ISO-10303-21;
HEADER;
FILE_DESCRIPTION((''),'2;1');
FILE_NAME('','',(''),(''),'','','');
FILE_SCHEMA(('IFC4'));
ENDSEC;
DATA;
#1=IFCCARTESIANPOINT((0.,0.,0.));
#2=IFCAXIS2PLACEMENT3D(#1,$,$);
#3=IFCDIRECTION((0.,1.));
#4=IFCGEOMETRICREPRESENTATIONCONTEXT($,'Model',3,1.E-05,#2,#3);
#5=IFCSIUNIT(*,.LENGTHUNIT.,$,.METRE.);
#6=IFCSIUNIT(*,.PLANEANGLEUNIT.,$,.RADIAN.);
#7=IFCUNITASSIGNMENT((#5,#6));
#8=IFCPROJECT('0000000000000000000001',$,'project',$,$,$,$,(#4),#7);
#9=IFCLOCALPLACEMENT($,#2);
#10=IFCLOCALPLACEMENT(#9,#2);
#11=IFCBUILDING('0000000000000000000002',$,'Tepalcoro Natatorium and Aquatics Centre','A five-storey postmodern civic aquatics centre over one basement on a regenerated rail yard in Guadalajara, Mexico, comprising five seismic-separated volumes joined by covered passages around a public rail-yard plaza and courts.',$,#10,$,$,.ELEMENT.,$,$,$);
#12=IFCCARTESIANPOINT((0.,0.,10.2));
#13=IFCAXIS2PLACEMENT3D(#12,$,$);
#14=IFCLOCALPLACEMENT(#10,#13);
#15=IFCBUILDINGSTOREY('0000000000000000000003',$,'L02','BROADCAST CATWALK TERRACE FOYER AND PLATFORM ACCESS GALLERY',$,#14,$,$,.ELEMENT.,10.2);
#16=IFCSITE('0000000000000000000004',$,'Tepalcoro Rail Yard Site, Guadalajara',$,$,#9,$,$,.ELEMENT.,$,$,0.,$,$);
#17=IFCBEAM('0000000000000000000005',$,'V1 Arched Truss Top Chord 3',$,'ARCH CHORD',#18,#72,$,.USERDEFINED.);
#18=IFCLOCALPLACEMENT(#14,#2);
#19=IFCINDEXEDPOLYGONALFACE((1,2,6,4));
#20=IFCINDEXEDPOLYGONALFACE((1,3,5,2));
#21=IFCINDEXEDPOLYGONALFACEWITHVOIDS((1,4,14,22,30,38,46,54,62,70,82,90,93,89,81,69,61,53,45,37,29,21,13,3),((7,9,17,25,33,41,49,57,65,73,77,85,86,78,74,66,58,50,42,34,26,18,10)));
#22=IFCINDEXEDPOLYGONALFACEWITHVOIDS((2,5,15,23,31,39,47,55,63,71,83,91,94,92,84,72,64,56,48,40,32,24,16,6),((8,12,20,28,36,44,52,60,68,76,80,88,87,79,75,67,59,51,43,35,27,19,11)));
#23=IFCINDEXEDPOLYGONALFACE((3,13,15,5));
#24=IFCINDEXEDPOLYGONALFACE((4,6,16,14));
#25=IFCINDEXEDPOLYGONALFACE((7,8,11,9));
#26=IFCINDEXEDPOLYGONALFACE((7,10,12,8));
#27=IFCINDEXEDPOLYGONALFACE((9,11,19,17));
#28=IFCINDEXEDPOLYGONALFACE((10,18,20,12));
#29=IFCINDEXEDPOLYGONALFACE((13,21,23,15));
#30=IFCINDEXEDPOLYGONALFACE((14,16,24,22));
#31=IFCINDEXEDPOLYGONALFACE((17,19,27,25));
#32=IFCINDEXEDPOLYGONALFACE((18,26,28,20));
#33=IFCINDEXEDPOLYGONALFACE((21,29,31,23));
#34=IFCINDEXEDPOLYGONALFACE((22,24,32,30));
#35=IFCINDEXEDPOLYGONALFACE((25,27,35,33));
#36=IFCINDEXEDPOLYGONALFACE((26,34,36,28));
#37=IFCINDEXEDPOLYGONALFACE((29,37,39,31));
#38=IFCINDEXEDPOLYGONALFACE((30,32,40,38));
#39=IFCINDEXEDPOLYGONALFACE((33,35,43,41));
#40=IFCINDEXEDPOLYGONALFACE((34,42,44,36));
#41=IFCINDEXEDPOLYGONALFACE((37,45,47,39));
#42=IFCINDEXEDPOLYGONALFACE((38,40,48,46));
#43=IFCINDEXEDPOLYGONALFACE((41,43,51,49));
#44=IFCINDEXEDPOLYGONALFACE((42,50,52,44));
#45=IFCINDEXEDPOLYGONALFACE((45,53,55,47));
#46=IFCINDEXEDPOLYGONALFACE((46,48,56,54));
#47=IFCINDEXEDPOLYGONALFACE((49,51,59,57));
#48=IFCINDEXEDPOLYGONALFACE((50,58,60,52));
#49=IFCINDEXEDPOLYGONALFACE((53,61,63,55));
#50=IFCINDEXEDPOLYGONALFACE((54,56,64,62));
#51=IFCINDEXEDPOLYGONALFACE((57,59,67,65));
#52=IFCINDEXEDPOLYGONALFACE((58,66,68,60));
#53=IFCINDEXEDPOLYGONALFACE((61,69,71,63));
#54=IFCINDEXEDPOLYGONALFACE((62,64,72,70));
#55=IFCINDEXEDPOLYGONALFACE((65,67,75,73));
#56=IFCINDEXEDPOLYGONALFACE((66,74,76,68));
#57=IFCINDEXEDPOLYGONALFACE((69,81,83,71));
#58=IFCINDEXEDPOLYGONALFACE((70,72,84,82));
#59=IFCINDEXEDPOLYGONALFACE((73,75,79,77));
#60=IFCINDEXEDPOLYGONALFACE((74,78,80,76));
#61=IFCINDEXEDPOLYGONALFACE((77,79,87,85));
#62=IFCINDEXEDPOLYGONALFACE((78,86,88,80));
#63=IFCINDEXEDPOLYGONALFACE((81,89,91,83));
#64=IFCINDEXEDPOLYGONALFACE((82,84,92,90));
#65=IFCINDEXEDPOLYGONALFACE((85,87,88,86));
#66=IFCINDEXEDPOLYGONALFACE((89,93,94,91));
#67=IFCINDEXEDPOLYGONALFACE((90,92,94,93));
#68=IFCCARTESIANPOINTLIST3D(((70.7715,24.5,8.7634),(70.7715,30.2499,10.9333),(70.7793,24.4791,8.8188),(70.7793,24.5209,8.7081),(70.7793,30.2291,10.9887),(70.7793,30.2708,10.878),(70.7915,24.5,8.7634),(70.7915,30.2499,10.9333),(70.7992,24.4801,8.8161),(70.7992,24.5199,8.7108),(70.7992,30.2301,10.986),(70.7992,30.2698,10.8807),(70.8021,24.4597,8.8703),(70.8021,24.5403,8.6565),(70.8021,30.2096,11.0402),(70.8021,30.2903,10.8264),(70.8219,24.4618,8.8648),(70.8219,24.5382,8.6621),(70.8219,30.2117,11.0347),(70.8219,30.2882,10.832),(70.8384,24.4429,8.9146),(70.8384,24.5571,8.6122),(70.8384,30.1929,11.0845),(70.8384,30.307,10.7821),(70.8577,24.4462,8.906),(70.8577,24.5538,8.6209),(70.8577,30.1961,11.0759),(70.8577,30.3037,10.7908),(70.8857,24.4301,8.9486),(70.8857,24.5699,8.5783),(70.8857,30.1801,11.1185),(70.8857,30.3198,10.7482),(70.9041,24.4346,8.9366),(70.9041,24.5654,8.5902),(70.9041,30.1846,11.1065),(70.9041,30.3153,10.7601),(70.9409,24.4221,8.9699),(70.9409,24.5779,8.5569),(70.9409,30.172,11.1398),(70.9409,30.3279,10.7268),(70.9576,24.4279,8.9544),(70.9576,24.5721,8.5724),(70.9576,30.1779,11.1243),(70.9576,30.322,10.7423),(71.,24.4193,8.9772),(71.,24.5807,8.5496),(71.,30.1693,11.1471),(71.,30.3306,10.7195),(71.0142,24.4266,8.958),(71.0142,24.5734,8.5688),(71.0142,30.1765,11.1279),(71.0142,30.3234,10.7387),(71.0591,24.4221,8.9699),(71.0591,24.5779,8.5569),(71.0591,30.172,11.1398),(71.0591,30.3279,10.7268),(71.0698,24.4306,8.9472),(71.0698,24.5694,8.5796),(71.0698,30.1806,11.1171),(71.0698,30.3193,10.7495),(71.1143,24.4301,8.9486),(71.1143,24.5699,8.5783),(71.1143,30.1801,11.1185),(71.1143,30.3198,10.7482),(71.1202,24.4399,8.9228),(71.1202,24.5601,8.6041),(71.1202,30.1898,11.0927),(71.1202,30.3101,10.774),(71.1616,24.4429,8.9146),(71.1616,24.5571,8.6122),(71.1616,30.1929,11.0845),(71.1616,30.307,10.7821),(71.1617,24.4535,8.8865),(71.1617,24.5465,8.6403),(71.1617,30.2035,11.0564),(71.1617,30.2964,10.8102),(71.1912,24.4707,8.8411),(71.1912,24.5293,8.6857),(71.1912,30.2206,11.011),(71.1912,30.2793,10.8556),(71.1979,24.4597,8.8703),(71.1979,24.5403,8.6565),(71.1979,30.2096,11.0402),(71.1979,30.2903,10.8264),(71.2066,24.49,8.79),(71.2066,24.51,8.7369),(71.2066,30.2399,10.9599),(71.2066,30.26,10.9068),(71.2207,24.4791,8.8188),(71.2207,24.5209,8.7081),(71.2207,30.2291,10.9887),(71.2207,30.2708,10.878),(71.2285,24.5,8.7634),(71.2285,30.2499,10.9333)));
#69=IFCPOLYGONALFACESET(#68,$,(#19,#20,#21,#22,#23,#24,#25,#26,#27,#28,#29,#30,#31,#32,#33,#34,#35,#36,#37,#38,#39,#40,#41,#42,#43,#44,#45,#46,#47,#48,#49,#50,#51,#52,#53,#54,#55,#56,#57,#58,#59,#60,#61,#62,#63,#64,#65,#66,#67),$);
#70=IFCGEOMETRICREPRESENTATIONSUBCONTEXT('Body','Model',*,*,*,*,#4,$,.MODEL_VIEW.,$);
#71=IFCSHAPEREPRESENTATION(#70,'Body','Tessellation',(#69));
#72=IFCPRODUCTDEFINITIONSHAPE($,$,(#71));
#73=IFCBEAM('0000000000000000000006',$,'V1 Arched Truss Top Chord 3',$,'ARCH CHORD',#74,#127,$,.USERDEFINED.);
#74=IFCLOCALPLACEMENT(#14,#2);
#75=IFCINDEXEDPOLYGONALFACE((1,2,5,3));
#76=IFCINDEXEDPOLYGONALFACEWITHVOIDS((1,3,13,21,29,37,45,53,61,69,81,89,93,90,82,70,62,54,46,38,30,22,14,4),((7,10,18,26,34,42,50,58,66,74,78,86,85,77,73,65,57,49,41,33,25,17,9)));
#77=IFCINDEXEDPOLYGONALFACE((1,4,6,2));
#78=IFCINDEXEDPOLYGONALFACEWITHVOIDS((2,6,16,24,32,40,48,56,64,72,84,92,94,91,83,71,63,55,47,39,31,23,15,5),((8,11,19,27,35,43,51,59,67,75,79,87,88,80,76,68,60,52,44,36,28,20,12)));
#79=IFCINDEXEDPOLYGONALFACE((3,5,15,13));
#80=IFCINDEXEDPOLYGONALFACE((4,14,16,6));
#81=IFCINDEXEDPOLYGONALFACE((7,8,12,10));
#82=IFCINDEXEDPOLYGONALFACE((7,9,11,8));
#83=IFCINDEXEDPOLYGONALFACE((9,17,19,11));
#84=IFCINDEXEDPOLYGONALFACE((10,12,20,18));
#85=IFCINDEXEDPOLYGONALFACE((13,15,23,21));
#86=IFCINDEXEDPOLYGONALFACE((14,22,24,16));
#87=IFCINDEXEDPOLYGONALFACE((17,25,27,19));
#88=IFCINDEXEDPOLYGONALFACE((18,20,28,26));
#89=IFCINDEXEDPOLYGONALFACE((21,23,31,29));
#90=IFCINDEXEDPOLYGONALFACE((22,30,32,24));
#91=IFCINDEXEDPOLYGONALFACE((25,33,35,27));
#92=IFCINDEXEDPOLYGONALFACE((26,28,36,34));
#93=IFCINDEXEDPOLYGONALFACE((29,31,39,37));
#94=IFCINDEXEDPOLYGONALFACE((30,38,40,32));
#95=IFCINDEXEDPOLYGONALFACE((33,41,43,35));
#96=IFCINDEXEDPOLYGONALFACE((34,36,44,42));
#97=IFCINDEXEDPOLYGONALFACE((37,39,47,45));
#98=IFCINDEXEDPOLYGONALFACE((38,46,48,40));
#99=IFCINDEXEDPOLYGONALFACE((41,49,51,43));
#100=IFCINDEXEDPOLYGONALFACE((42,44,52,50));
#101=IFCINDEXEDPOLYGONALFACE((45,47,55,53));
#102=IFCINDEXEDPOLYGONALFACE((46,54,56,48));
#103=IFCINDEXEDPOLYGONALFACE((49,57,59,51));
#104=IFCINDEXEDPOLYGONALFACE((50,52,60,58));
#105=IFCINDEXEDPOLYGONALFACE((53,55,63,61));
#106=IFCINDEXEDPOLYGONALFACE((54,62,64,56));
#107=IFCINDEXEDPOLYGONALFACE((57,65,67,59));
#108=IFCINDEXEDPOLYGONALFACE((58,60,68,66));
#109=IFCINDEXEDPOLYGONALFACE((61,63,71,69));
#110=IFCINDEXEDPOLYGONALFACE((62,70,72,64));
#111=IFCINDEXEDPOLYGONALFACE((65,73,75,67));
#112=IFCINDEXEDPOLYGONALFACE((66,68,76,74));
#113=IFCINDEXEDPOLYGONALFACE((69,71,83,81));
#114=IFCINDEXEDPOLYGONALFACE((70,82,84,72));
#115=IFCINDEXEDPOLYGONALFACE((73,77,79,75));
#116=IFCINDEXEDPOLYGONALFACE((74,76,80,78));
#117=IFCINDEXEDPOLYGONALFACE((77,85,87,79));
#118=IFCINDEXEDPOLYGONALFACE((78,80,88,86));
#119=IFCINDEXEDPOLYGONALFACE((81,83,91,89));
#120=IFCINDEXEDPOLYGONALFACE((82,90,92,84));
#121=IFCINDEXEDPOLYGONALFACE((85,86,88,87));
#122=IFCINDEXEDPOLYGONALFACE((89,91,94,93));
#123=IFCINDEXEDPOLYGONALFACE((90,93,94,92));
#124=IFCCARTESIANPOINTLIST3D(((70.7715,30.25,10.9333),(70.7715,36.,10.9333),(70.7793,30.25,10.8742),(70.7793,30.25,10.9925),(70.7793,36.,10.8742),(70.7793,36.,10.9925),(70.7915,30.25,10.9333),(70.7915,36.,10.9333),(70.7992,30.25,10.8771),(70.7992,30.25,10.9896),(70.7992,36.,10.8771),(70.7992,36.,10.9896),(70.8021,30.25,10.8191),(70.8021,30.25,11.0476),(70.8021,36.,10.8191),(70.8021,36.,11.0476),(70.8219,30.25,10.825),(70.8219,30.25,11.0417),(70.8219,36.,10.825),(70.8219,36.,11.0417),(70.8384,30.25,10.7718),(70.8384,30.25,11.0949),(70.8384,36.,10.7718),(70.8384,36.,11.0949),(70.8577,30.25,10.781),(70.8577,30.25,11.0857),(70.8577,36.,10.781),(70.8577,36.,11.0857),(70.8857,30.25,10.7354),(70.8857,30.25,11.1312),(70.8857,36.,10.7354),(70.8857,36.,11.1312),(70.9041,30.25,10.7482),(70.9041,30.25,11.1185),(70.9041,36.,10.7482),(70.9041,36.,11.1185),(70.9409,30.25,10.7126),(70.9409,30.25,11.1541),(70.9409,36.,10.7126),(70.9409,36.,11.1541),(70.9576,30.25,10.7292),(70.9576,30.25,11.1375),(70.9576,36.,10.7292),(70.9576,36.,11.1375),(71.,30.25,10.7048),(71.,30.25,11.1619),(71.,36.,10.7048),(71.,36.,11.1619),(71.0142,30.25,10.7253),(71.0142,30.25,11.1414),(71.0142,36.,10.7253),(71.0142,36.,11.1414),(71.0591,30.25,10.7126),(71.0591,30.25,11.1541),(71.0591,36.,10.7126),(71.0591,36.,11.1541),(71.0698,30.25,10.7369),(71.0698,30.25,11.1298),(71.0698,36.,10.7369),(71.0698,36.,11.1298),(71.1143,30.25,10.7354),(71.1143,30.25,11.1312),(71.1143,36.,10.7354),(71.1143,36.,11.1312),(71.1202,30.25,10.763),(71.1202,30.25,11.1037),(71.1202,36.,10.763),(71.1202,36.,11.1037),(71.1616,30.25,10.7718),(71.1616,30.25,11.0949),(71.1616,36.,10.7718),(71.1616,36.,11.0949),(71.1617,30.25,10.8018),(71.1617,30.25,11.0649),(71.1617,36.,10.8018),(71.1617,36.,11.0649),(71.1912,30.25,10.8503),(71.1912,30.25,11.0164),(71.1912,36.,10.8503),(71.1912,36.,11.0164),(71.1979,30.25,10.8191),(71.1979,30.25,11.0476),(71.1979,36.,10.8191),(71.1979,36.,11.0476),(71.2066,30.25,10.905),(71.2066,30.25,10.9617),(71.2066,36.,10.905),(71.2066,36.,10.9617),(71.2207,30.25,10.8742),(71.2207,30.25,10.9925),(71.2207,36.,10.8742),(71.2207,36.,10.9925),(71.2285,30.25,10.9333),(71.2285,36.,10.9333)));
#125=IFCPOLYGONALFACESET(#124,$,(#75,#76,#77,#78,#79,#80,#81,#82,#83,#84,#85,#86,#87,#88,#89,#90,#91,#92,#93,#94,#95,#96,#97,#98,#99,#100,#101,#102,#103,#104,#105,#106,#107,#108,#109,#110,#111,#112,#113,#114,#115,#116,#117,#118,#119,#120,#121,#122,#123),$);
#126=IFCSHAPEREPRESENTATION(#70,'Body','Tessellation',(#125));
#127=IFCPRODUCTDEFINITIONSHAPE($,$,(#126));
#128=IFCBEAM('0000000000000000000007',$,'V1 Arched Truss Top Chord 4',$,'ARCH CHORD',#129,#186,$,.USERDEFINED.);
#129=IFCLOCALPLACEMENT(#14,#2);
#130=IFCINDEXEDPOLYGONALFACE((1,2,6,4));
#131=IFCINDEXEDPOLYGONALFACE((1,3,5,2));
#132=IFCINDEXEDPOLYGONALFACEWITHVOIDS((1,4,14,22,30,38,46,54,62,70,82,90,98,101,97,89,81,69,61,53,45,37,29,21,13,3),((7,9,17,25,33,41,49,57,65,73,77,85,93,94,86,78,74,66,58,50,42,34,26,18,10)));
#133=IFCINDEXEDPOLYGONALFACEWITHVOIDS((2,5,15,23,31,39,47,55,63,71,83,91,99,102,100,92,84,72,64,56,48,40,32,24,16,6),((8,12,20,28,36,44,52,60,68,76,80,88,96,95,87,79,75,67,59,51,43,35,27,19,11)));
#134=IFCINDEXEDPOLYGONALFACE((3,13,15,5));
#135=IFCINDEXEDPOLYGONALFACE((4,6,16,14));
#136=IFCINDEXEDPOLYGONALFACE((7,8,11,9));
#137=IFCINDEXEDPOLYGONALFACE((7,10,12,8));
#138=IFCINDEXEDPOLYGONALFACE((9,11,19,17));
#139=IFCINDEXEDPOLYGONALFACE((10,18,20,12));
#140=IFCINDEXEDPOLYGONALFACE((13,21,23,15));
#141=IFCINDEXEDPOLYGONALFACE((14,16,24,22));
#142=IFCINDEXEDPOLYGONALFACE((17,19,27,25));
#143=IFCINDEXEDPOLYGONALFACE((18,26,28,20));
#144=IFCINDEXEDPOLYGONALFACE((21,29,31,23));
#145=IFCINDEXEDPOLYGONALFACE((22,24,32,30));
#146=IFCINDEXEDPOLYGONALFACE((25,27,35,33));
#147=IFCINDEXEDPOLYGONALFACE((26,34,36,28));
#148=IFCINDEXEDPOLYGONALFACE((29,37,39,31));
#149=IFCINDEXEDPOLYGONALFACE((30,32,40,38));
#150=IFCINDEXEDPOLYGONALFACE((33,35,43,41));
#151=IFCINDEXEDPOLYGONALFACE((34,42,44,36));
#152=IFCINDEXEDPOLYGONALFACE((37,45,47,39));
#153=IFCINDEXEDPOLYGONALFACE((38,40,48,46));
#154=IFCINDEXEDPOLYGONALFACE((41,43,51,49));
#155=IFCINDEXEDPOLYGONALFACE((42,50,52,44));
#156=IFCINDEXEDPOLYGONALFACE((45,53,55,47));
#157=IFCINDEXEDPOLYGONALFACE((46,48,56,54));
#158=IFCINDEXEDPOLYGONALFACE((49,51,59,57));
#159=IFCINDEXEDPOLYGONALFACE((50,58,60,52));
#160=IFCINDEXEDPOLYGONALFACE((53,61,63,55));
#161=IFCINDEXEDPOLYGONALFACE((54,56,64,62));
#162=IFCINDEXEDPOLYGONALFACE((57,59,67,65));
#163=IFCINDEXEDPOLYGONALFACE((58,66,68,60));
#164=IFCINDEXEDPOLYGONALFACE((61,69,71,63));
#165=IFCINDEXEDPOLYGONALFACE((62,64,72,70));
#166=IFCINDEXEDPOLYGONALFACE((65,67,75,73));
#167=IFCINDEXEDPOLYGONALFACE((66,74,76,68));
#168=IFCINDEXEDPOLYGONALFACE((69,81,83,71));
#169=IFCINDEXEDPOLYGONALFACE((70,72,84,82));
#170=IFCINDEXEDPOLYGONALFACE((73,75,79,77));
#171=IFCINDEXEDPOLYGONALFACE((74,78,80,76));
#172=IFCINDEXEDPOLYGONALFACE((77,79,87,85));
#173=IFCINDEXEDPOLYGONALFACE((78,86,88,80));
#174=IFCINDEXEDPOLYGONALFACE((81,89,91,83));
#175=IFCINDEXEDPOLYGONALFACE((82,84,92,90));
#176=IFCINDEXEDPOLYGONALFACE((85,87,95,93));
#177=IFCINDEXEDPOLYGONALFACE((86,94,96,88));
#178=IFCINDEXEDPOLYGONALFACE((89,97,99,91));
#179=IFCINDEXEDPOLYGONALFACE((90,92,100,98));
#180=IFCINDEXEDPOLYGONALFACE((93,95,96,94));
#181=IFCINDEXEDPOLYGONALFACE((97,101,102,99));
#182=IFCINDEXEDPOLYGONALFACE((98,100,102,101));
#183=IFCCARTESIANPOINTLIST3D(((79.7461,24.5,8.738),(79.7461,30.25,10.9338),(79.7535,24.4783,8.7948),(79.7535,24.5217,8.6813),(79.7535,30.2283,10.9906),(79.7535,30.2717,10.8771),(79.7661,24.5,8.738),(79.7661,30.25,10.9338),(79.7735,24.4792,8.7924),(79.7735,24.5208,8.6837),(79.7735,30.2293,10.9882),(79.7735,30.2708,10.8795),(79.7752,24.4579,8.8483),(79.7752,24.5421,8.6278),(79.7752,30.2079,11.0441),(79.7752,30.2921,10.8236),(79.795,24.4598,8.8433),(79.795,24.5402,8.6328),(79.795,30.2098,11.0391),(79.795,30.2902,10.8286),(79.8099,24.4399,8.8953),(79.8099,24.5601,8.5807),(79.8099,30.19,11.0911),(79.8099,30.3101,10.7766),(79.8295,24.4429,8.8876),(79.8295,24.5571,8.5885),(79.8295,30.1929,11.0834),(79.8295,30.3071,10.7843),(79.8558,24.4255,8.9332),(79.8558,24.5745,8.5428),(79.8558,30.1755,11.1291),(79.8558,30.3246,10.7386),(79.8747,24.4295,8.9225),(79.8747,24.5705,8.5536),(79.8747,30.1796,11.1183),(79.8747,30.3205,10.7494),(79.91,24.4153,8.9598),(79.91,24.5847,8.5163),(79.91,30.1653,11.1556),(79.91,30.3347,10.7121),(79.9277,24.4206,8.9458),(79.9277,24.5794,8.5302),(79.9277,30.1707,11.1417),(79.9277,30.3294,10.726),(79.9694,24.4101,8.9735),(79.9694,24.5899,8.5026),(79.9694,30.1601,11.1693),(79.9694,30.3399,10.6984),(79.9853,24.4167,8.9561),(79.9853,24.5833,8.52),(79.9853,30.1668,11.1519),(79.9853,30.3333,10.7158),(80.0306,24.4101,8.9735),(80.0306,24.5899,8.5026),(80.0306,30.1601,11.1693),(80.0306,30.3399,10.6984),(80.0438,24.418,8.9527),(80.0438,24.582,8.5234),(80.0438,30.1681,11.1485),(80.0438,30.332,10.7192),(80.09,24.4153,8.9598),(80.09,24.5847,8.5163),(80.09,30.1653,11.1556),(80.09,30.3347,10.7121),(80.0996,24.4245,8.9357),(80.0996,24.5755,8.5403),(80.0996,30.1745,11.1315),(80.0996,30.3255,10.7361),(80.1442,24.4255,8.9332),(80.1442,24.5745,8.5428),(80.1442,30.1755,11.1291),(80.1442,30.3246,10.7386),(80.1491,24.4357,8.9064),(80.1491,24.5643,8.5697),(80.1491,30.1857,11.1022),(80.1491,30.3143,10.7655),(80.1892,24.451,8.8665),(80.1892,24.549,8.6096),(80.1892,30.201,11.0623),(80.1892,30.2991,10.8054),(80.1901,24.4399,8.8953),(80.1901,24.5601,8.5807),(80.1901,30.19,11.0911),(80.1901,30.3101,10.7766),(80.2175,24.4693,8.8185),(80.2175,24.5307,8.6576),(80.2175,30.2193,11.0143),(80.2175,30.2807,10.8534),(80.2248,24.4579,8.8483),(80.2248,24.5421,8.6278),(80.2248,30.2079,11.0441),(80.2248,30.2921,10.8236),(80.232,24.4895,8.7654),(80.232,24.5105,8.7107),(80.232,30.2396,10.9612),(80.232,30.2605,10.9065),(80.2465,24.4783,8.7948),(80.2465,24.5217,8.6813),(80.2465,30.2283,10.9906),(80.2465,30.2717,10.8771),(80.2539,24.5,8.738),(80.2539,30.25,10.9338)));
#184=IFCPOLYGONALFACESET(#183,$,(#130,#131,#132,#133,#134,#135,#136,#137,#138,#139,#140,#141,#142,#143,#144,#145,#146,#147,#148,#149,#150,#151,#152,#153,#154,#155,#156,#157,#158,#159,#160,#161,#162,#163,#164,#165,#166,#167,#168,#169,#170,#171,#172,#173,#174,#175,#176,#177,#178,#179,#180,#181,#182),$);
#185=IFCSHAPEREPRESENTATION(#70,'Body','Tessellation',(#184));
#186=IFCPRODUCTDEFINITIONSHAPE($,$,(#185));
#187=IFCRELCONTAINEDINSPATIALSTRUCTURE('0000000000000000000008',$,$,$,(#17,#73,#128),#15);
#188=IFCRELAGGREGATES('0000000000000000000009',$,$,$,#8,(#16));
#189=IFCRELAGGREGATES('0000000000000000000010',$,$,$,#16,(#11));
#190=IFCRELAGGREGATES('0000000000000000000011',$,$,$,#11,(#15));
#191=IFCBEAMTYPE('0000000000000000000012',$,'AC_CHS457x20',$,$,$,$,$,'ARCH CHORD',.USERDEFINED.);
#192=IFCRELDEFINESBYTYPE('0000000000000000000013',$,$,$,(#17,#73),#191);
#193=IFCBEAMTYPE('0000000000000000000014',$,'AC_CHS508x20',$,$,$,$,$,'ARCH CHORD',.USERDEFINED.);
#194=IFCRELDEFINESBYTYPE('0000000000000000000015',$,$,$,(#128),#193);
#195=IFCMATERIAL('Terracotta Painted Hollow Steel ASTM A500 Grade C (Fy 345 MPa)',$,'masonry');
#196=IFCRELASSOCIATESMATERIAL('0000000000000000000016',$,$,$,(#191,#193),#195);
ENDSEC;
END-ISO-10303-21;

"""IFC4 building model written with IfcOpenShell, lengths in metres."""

from ifc_helpers import new_model, si_unit, direction, frame, origin, origin_2d, place, context, subcontext, project, spatial, hollow_circle, extrude, material, material_profile, profile_set, type_object, element, save


model = new_model("IFC4")

# Units and contexts
model_context = context("Model", 3, precision=1e-05, world=origin(), true_north=direction((0.0, 1.0)))
body_context = subcontext(model_context, "Body", "Model", "MODEL_VIEW")
ifc_project = project(units=[si_unit("LENGTHUNIT", "METRE"), si_unit("PLANEANGLEUNIT", "RADIAN")], contexts=[model_context])

# Site, building, storey
site_placement = place(None, origin())
site = spatial("IfcSite", under=ifc_project, at=site_placement, Name="Tepalcoro Rail Yard Site, Guadalajara", CompositionType="ELEMENT", RefElevation=0.0)
building_placement = place(site_placement, origin())
building = spatial("IfcBuilding", under=site, at=building_placement, Name="Tepalcoro Natatorium and Aquatics Centre", Description="A five-storey postmodern civic aquatics centre over one basement on a regenerated rail yard in Guadalajara, Mexico, comprising five seismic-separated volumes joined by covered passages around a public rail-yard plaza and courts.", CompositionType="ELEMENT")
storey_placement = place(building_placement, frame((0.0, 0.0, 10.2)))
storey = spatial("IfcBuildingStorey", under=building, at=storey_placement, Name="L02", Description="BROADCAST CATWALK TERRACE FOYER AND PLATFORM ACCESS GALLERY", CompositionType="ELEMENT", Elevation=10.2)

# Beams
ifc_material_1 = material(Name="Terracotta Painted Hollow Steel ASTM A500 Grade C (Fy 345 MPa)", Category="masonry")
ifc_material_profile_1 = material_profile(ifc_material_1, hollow_circle(Radius=0.2285, WallThickness=0.02, at=origin_2d()), Name="CHS457X20")
ifc_profile_set_1 = profile_set([ifc_material_profile_1], Name="Terracotta Painted Hollow Steel ASTM A500 Grade C (Fy 345 MPa)")
beam_type_1 = type_object("IfcBeamType", Name="AC_CHS457x20", ElementType="ARCH CHORD", PredefinedType="USERDEFINED", material=ifc_profile_set_1)
beam_1_placement = place(storey_placement, frame((71.0, 24.5, 8.7634), z_axis=(0.0, 0.935596, 0.353073), x_axis=(-1.0, 0.0, 0.0)))
element("IfcBeam", 1, at=beam_1_placement, inside=storey, type_object=beam_type_1, Name="V1 Arched Truss Top Chord 3", ObjectType="ARCH CHORD", PredefinedType="USERDEFINED", context=body_context, shape_type="SweptSolid", body=[
    extrude(hollow_circle(Radius=0.2285, WallThickness=0.02, at=origin_2d()), origin(), (0.0, 0.0, 1.0), 6.1458),
])
beam_2_placement = place(storey_placement, frame((71.0, 30.25, 10.9333), z_axis=(0.0, 1.0, 0.0), x_axis=(-1.0, 0.0, 0.0)))
element("IfcBeam", 2, at=beam_2_placement, inside=storey, type_object=beam_type_1, Name="V1 Arched Truss Top Chord 3", ObjectType="ARCH CHORD", PredefinedType="USERDEFINED", context=body_context, shape_type="SweptSolid", body=[
    extrude(hollow_circle(Radius=0.2285, WallThickness=0.02, at=origin_2d()), origin(), (0.0, 0.0, 1.0), 5.75),
])
ifc_material_profile_2 = material_profile(ifc_material_1, hollow_circle(Radius=0.2539, WallThickness=0.02, at=origin_2d()), Name="CHS508X20")
ifc_profile_set_2 = profile_set([ifc_material_profile_2], Name="Terracotta Painted Hollow Steel ASTM A500 Grade C (Fy 345 MPa)")
beam_type_2 = type_object("IfcBeamType", Name="AC_CHS508x20", ElementType="ARCH CHORD", PredefinedType="USERDEFINED", material=ifc_profile_set_2)
beam_3_placement = place(storey_placement, frame((80.0, 24.5, 8.738), z_axis=(0.0, 0.9342, 0.356751), x_axis=(-1.0, 0.0, 0.0)))
element("IfcBeam", 3, at=beam_3_placement, inside=storey, type_object=beam_type_2, Name="V1 Arched Truss Top Chord 4", ObjectType="ARCH CHORD", PredefinedType="USERDEFINED", context=body_context, shape_type="SweptSolid", body=[
    extrude(hollow_circle(Radius=0.2539, WallThickness=0.02, at=origin_2d()), origin(), (0.0, 0.0, 1.0), 6.155),
])

save(model, "model.ifc")
